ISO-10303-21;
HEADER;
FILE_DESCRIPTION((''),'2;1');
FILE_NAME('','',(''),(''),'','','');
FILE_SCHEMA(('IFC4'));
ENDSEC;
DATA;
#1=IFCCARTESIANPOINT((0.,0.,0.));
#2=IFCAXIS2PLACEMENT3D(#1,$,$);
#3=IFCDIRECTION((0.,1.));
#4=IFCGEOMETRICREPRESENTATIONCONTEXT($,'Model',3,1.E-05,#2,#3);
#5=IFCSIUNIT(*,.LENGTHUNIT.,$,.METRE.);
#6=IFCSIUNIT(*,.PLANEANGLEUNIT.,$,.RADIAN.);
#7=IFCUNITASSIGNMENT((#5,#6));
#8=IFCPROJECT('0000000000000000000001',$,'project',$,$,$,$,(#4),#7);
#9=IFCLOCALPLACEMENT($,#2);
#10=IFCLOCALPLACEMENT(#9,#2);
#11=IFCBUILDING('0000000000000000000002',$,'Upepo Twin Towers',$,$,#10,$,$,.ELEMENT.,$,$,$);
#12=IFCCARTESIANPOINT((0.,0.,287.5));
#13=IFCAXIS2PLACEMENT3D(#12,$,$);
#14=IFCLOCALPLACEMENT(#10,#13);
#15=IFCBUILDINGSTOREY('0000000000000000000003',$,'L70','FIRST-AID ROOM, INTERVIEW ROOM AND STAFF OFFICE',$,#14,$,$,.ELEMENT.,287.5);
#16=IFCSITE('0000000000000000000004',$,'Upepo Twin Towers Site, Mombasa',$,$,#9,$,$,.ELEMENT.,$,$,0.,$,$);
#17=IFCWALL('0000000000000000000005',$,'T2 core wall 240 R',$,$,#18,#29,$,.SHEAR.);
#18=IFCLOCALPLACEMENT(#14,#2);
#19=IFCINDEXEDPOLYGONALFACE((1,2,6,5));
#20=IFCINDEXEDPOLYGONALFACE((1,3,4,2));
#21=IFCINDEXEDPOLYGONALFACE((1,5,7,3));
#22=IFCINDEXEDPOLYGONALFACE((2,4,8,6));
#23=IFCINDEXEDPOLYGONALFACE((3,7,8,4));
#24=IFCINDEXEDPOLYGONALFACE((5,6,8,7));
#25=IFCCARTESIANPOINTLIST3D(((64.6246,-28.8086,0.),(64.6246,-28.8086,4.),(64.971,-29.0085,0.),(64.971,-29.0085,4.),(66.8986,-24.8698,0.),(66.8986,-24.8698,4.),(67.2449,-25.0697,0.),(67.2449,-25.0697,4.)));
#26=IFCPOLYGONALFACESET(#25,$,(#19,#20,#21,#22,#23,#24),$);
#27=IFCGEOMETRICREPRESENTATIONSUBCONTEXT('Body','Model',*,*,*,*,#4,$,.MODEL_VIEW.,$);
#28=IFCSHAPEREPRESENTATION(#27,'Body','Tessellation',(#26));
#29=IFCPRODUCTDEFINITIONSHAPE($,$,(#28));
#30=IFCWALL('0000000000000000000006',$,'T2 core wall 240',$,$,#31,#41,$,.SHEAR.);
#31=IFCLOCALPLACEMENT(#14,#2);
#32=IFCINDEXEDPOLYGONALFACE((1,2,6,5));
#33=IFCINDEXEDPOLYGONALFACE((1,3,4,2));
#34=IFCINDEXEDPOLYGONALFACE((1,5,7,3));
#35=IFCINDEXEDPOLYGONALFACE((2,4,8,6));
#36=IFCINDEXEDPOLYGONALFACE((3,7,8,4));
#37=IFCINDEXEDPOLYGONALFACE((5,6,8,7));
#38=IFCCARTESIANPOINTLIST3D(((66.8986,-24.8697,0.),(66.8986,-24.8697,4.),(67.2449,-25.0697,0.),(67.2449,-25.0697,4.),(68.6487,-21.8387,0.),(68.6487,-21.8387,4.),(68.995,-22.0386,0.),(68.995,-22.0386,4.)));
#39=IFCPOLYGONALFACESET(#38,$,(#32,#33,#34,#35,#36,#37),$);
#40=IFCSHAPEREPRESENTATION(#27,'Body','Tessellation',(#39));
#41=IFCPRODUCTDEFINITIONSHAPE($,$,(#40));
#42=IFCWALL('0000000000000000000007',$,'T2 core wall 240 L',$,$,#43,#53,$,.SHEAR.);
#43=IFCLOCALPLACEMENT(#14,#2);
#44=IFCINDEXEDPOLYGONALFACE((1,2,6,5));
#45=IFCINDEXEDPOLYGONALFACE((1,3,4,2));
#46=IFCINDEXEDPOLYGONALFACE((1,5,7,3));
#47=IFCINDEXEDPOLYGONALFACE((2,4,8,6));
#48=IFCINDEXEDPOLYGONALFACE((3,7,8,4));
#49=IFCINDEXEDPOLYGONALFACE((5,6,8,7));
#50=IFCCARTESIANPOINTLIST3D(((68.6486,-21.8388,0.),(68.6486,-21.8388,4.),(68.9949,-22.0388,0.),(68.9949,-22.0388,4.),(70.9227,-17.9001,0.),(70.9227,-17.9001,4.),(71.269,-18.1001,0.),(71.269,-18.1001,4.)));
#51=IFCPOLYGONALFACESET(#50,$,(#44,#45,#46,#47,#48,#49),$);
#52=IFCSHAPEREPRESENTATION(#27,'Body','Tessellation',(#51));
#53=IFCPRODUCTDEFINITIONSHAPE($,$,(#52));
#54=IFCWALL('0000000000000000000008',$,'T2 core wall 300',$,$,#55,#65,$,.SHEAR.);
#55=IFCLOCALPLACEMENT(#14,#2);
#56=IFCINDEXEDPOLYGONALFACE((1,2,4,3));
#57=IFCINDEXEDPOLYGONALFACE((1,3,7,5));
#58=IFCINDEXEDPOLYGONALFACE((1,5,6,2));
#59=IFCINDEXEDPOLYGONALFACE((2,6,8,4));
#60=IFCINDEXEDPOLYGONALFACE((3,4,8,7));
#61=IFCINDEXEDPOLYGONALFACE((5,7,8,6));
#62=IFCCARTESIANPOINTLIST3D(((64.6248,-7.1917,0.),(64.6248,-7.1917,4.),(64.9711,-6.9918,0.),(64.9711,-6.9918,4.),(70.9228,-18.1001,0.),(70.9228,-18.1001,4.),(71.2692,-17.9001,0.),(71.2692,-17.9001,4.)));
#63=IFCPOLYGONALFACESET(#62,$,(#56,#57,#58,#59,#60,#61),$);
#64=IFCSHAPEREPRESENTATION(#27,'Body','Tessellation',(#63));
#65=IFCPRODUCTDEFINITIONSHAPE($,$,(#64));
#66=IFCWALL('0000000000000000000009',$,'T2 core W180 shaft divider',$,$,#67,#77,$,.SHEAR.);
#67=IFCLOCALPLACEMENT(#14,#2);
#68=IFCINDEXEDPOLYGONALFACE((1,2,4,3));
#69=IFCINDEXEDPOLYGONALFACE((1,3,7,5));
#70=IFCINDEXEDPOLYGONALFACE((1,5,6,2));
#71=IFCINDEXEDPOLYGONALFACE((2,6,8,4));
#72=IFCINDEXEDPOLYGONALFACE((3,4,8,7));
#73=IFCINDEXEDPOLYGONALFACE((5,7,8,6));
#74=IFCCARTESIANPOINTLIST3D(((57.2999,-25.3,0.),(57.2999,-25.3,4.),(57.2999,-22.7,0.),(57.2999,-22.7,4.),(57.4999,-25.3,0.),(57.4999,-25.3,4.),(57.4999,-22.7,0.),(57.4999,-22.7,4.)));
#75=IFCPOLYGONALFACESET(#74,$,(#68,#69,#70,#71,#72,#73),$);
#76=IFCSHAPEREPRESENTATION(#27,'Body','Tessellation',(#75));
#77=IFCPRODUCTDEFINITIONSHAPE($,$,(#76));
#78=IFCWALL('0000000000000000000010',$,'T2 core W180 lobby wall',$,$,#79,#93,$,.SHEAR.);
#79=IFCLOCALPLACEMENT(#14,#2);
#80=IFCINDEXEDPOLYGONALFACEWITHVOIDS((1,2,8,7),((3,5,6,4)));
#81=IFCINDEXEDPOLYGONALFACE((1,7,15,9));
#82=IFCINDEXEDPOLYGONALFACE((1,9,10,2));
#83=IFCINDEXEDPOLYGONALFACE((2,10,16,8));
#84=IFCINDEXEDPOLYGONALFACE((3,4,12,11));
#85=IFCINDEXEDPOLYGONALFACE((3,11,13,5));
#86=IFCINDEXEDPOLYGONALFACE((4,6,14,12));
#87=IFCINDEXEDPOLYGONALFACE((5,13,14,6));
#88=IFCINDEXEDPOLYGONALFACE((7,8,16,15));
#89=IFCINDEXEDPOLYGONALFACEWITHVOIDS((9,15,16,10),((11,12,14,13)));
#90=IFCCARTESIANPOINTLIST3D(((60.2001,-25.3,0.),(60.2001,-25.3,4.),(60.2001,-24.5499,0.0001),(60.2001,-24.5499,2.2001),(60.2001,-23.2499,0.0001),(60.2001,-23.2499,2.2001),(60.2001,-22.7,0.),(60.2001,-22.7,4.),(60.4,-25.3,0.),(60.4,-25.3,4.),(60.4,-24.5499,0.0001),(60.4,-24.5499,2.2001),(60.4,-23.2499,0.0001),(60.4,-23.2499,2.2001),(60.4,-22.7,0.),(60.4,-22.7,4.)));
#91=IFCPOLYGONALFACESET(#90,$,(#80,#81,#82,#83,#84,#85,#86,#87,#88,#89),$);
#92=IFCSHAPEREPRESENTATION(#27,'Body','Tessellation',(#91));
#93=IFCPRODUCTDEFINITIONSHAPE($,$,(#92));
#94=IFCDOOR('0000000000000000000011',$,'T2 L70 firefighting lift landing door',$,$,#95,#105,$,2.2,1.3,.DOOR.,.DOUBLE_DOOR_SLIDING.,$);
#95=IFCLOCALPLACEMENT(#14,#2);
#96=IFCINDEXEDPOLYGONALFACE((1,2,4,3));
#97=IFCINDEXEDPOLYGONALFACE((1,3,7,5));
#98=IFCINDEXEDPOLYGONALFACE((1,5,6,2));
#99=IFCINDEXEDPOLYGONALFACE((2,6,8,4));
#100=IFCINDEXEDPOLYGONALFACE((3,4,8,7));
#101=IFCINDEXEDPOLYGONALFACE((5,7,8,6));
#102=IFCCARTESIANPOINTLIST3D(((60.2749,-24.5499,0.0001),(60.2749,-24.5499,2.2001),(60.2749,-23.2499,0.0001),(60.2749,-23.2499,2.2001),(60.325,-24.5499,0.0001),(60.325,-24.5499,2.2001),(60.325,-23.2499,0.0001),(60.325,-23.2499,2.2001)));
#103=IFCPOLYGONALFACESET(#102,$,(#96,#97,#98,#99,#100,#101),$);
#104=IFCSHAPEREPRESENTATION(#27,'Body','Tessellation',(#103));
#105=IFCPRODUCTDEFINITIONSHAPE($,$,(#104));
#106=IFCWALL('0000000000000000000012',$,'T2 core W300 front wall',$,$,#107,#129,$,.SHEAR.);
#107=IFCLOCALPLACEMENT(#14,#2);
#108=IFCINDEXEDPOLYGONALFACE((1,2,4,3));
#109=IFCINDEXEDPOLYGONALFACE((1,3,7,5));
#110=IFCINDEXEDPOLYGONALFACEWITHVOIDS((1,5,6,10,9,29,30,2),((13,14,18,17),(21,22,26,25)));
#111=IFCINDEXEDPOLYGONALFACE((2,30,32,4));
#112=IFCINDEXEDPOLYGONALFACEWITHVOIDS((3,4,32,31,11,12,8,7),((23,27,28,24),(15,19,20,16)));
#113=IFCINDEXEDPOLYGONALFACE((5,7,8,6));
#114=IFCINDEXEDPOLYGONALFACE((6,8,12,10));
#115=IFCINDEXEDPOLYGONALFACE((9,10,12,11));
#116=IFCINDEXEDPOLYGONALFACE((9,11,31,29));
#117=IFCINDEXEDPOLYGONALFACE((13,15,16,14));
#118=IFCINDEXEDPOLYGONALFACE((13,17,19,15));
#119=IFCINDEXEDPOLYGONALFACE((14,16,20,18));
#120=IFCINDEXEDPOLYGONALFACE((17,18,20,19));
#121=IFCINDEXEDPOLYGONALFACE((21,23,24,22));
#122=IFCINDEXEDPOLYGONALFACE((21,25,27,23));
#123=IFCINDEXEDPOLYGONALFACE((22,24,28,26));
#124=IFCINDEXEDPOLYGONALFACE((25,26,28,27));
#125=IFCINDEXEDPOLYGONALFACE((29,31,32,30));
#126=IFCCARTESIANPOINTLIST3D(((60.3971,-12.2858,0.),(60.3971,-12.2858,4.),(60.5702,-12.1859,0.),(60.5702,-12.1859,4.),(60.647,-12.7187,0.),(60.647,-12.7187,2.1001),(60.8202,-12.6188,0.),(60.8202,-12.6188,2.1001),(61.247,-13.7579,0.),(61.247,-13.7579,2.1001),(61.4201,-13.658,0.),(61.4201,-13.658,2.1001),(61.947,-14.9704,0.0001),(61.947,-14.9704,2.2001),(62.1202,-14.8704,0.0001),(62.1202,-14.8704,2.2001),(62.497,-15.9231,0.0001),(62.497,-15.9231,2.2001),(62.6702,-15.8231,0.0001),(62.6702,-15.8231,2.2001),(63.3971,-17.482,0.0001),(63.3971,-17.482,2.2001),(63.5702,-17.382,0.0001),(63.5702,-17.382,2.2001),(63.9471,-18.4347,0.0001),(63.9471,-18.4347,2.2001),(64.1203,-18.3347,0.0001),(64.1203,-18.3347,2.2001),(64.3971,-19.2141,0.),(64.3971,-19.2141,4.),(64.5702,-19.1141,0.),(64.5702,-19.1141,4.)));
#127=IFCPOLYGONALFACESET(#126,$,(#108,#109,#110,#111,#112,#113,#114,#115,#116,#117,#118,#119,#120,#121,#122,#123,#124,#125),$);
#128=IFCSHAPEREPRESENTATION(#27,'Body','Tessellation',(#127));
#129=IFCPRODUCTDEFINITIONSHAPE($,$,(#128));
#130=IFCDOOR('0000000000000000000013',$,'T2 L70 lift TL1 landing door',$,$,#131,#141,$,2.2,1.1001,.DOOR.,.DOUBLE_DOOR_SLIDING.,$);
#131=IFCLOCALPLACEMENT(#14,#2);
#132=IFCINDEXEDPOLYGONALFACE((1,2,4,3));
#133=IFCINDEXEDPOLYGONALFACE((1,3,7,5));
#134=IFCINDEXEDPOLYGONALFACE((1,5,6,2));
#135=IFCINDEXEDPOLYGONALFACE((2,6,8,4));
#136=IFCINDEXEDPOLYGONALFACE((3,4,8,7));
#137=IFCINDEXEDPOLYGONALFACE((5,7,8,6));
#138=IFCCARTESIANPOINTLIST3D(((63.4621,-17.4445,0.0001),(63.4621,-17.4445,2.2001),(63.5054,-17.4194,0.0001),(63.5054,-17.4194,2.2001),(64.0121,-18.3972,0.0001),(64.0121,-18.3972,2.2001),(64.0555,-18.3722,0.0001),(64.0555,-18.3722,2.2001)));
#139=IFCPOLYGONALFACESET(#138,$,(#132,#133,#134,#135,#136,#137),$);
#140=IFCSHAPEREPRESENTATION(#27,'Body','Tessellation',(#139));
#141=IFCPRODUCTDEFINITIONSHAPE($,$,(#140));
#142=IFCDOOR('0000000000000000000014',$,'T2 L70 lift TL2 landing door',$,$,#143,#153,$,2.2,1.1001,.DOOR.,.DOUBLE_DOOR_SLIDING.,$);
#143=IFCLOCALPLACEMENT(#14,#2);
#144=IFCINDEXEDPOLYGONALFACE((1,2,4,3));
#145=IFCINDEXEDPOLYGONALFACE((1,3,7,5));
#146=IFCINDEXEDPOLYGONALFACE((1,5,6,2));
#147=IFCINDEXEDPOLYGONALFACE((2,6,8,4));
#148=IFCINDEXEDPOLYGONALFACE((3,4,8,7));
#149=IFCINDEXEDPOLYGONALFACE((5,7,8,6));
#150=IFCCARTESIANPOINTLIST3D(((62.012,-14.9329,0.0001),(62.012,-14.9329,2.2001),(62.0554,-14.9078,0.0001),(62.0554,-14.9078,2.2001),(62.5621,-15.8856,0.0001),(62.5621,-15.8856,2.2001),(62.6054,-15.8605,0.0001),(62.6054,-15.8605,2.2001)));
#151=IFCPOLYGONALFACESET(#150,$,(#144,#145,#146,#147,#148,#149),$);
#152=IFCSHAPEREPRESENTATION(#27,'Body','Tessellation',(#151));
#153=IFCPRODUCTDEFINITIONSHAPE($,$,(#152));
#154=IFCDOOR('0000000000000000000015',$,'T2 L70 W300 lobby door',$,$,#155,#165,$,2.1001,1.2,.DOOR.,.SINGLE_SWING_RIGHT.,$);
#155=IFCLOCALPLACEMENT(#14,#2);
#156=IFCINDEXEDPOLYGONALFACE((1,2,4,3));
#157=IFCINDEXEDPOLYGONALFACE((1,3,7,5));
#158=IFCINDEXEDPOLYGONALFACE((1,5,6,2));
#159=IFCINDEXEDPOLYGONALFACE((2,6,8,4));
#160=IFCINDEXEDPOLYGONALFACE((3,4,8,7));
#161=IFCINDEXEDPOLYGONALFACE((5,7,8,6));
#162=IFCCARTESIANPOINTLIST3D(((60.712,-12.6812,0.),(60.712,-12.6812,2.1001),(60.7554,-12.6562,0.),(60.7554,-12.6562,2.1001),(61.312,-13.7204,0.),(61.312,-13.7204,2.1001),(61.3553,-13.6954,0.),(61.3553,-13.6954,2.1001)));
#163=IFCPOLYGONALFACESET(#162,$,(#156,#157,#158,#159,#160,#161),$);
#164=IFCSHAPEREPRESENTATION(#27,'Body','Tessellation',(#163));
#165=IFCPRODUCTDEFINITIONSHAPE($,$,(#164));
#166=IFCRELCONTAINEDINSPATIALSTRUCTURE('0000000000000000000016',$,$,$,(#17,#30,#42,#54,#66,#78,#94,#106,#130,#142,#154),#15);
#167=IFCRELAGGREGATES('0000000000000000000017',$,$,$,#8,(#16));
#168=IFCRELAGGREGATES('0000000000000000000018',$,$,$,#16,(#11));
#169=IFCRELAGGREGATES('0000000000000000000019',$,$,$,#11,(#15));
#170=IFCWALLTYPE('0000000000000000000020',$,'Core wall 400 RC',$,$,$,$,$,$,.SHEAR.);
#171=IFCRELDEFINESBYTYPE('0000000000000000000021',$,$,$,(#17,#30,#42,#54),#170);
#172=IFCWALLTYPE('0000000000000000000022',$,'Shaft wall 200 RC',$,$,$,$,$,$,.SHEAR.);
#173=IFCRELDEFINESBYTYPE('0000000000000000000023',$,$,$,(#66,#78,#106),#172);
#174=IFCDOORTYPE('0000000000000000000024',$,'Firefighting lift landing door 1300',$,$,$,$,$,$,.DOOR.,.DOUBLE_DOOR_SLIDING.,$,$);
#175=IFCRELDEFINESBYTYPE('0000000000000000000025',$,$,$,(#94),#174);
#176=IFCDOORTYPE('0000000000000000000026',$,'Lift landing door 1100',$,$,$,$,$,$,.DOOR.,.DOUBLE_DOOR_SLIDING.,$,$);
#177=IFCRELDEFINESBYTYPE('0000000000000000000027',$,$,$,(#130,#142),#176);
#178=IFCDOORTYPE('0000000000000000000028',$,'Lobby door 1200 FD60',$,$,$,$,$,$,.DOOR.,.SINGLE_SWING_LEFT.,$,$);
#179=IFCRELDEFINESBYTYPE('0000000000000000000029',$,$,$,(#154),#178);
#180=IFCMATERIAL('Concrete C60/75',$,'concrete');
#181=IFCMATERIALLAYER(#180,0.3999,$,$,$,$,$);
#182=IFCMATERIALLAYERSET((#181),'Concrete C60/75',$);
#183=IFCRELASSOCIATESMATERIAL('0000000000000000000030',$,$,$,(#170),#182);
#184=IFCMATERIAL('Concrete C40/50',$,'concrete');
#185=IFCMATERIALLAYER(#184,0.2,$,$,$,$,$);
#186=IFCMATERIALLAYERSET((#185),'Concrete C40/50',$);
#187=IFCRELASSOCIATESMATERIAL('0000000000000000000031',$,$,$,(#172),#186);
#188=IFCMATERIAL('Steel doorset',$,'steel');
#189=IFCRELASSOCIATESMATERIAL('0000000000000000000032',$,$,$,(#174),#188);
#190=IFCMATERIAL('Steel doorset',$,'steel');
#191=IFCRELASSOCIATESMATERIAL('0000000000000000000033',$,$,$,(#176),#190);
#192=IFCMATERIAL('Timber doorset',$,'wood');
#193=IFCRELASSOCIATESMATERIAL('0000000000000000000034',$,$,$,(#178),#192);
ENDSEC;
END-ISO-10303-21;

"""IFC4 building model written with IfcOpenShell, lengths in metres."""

from ifc_helpers import new_model, si_unit, direction, frame, frame_2d, origin, place, context, subcontext, project, spatial, rectangle, extrude, material, layer, layer_set, type_object, element, fill, save


model = new_model("IFC4")

# Units and contexts
model_context = context("Model", 3, precision=1e-05, world=origin(), true_north=direction((0.0, 1.0)))
body_context = subcontext(model_context, "Body", "Model", "MODEL_VIEW")
ifc_project = project(units=[si_unit("LENGTHUNIT", "METRE"), si_unit("PLANEANGLEUNIT", "RADIAN")], contexts=[model_context])

# Site, building, storey
site_placement = place(None, origin())
site = spatial("IfcSite", under=ifc_project, at=site_placement, Name="Upepo Twin Towers Site, Mombasa", CompositionType="ELEMENT", RefElevation=0.0)
building_placement = place(site_placement, origin())
building = spatial("IfcBuilding", under=site, at=building_placement, Name="Upepo Twin Towers", CompositionType="ELEMENT")
storey_placement = place(building_placement, frame((0.0, 0.0, 287.5)))
storey = spatial("IfcBuildingStorey", under=building, at=storey_placement, Name="L70", Description="FIRST-AID ROOM, INTERVIEW ROOM AND STAFF OFFICE", CompositionType="ELEMENT", Elevation=287.5)

# Walls
ifc_material_1 = material(Name="Concrete C60/75", Category="concrete")
ifc_layer_1 = layer(ifc_material_1, 0.3999)
ifc_layer_set_1 = layer_set([ifc_layer_1], Name="Concrete C60/75")
wall_type_1 = type_object("IfcWallType", Name="Core wall 400 RC", PredefinedType="SHEAR", material=ifc_layer_set_1)
wall_1_placement = place(storey_placement, frame((64.7979, -28.9084, 0.0), z_axis=(0.0, 0.0, 1.0), x_axis=(0.499984, 0.866035, 0.0)))
element("IfcWall", 1, at=wall_1_placement, inside=storey, type_object=wall_type_1, Name="T2 core wall 240 R", PredefinedType="SHEAR", context=body_context, shape_type="SweptSolid", body=[
    extrude(rectangle(XDim=4.5481, YDim=0.3999, at=frame_2d((2.2739, 0.0))), origin(), (0.0, 0.0, 1.0), 4.0),
])
wall_2_placement = place(storey_placement, frame((67.0718, -24.9697, 0.0), z_axis=(0.0, 0.0, 1.0), x_axis=(0.50001, 0.866019, 0.0)))
element("IfcWall", 2, at=wall_2_placement, inside=storey, type_object=wall_type_1, Name="T2 core wall 240", PredefinedType="SHEAR", context=body_context, shape_type="SweptSolid", body=[
    extrude(rectangle(XDim=3.5, YDim=0.3999, at=frame_2d((1.75, 0.0))), origin(), (0.0, 0.0, 1.0), 4.0),
])
wall_3_placement = place(storey_placement, frame((68.8218, -21.9387, 0.0), z_axis=(0.0, 0.0, 1.0), x_axis=(0.500024, 0.866011, 0.0)))
element("IfcWall", 3, at=wall_3_placement, inside=storey, type_object=wall_type_1, Name="T2 core wall 240 L", PredefinedType="SHEAR", context=body_context, shape_type="SweptSolid", body=[
    extrude(rectangle(XDim=4.5481, YDim=0.3999, at=frame_2d((2.2739, 0.0))), origin(), (0.0, 0.0, 1.0), 4.0),
])
wall_4_placement = place(storey_placement, frame((71.0959, -18.0, 0.0), z_axis=(0.0, 0.0, 1.0), x_axis=(-0.500006, 0.866022, 0.0)))
element("IfcWall", 4, at=wall_4_placement, inside=storey, type_object=wall_type_1, Name="T2 core wall 300", PredefinedType="SHEAR", context=body_context, shape_type="SweptSolid", body=[
    extrude(rectangle(XDim=12.5959, YDim=0.3999, at=frame_2d((6.2979, 0.0))), origin(), (0.0, 0.0, 1.0), 4.0),
])
ifc_material_2 = material(Name="Concrete C40/50", Category="concrete")
ifc_layer_2 = layer(ifc_material_2, 0.2)
ifc_layer_set_2 = layer_set([ifc_layer_2], Name="Concrete C40/50")
wall_type_2 = type_object("IfcWallType", Name="Shaft wall 200 RC", PredefinedType="SHEAR", material=ifc_layer_set_2)
wall_5_placement = place(storey_placement, frame((57.3999, -22.7, 0.0), z_axis=(0.0, 0.0, 1.0), x_axis=(0.0, -1.0, 0.0)))
element("IfcWall", 5, at=wall_5_placement, inside=storey, type_object=wall_type_2, Name="T2 core W180 shaft divider", PredefinedType="SHEAR", context=body_context, shape_type="SweptSolid", body=[
    extrude(rectangle(XDim=2.6001, YDim=0.2, at=frame_2d((1.3, 0.0))), origin(), (0.0, 0.0, 1.0), 4.0),
])

# Wall, opening, door
wall_6_placement = place(storey_placement, frame((60.3, -22.7, 0.0), z_axis=(0.0, 0.0, 1.0), x_axis=(0.0, -1.0, 0.0)))
wall_6 = element("IfcWall", 6, at=wall_6_placement, inside=storey, type_object=wall_type_2, Name="T2 core W180 lobby wall", PredefinedType="SHEAR", context=body_context, shape_type="SweptSolid", body=[
    extrude(rectangle(XDim=2.6001, YDim=0.2, at=frame_2d((1.3, 0.0))), origin(), (0.0, 0.0, 1.0), 4.0),
])
opening_1_placement = place(wall_6_placement, frame((0.55, 0.0, 0.0)))
opening_1 = element("IfcOpeningElement", 7, at=opening_1_placement, cuts=wall_6, PredefinedType="OPENING", context=body_context, shape_type="SweptSolid", body=[
    extrude(rectangle(XDim=1.3, YDim=2.2, at=frame_2d((0.6499, 1.1001))), frame((0.0, 0.1099, 0.0), z_axis=(0.0, -1.0, 0.0), x_axis=(1.0, 0.0, 0.0)), (0.0, 0.0, 1.0), 0.22),
])
ifc_material_3 = material(Name="Steel doorset", Category="steel")
door_type_1 = type_object("IfcDoorType", Name="Firefighting lift landing door 1300", OperationType="DOUBLE_DOOR_SLIDING", PredefinedType="DOOR", material=ifc_material_3)
door_1_placement = place(opening_1_placement, origin())
door_1 = element("IfcDoor", 8, at=door_1_placement, inside=storey, type_object=door_type_1, Name="T2 L70 firefighting lift landing door", OperationType="DOUBLE_DOOR_SLIDING", OverallHeight=2.2, OverallWidth=1.3, PredefinedType="DOOR", context=body_context, shape_type="SweptSolid", body=[
    extrude(rectangle(XDim=1.3, YDim=2.2, at=frame_2d((0.6499, 1.1001))), frame((0.0, 0.0249, 0.0), z_axis=(0.0, -1.0, 0.0), x_axis=(1.0, 0.0, 0.0)), (0.0, 0.0, 1.0), 0.05),
])
fill(opening_1, door_1)

# Wall, openings, doors
wall_7_placement = place(storey_placement, frame((64.4836, -19.1641, 0.0), z_axis=(0.0, 0.0, 1.0), x_axis=(-0.499999, 0.866026, 0.0)))
wall_7 = element("IfcWall", 9, at=wall_7_placement, inside=storey, type_object=wall_type_2, Name="T2 core W300 front wall", PredefinedType="SHEAR", context=body_context, shape_type="SweptSolid", body=[
    extrude(rectangle(XDim=8.0, YDim=0.2, at=frame_2d((4.0, 0.0))), origin(), (0.0, 0.0, 1.0), 4.0),
])
opening_2_placement = place(wall_7_placement, frame((6.3, 0.0, 0.0)))
opening_2 = element("IfcOpeningElement", 10, at=opening_2_placement, cuts=wall_7, PredefinedType="OPENING", context=body_context, shape_type="SweptSolid", body=[
    extrude(rectangle(XDim=1.2, YDim=2.1001, at=frame_2d((0.6001, 1.05))), frame((0.0, 0.1099, 0.0), z_axis=(0.0, -1.0, 0.0), x_axis=(1.0, 0.0, 0.0)), (0.0, 0.0, 1.0), 0.22),
])
opening_3_placement = place(wall_7_placement, frame((0.8999, 0.0, 0.0)))
opening_3 = element("IfcOpeningElement", 11, at=opening_3_placement, cuts=wall_7, PredefinedType="OPENING", context=body_context, shape_type="SweptSolid", body=[
    extrude(rectangle(XDim=1.1001, YDim=2.2, at=frame_2d((0.55, 1.1001))), frame((0.0, 0.1099, 0.0), z_axis=(0.0, -1.0, 0.0), x_axis=(1.0, 0.0, 0.0)), (0.0, 0.0, 1.0), 0.22),
])
opening_4_placement = place(wall_7_placement, frame((3.8, 0.0, 0.0)))
opening_4 = element("IfcOpeningElement", 12, at=opening_4_placement, cuts=wall_7, PredefinedType="OPENING", context=body_context, shape_type="SweptSolid", body=[
    extrude(rectangle(XDim=1.1001, YDim=2.2, at=frame_2d((0.55, 1.1001))), frame((0.0, 0.1099, 0.0), z_axis=(0.0, -1.0, 0.0), x_axis=(1.0, 0.0, 0.0)), (0.0, 0.0, 1.0), 0.22),
])
ifc_material_4 = material(Name="Steel doorset", Category="steel")
door_type_2 = type_object("IfcDoorType", Name="Lift landing door 1100", OperationType="DOUBLE_DOOR_SLIDING", PredefinedType="DOOR", material=ifc_material_4)
door_2_placement = place(opening_3_placement, origin())
door_2 = element("IfcDoor", 13, at=door_2_placement, inside=storey, type_object=door_type_2, Name="T2 L70 lift TL1 landing door", OperationType="DOUBLE_DOOR_SLIDING", OverallHeight=2.2, OverallWidth=1.1001, PredefinedType="DOOR", context=body_context, shape_type="SweptSolid", body=[
    extrude(rectangle(XDim=1.1001, YDim=2.2, at=frame_2d((0.55, 1.1001))), frame((0.0, 0.0249, 0.0), z_axis=(0.0, -1.0, 0.0), x_axis=(1.0, 0.0, 0.0)), (0.0, 0.0, 1.0), 0.05),
])
fill(opening_3, door_2)
door_3_placement = place(opening_4_placement, origin())
door_3 = element("IfcDoor", 14, at=door_3_placement, inside=storey, type_object=door_type_2, Name="T2 L70 lift TL2 landing door", OperationType="DOUBLE_DOOR_SLIDING", OverallHeight=2.2, OverallWidth=1.1001, PredefinedType="DOOR", context=body_context, shape_type="SweptSolid", body=[
    extrude(rectangle(XDim=1.1001, YDim=2.2, at=frame_2d((0.55, 1.1001))), frame((0.0, 0.0249, 0.0), z_axis=(0.0, -1.0, 0.0), x_axis=(1.0, 0.0, 0.0)), (0.0, 0.0, 1.0), 0.05),
])
fill(opening_4, door_3)
ifc_material_5 = material(Name="Timber doorset", Category="wood")
door_type_3 = type_object("IfcDoorType", Name="Lobby door 1200 FD60", OperationType="SINGLE_SWING_LEFT", PredefinedType="DOOR", material=ifc_material_5)
door_4_placement = place(opening_2_placement, origin())
door_4 = element("IfcDoor", 15, at=door_4_placement, inside=storey, type_object=door_type_3, Name="T2 L70 W300 lobby door", OperationType="SINGLE_SWING_RIGHT", OverallHeight=2.1001, OverallWidth=1.2, PredefinedType="DOOR", context=body_context, shape_type="SweptSolid", body=[
    extrude(rectangle(XDim=1.2, YDim=2.1001, at=frame_2d((0.6001, 1.05))), frame((0.0, 0.0249, 0.0), z_axis=(0.0, -1.0, 0.0), x_axis=(1.0, 0.0, 0.0)), (0.0, 0.0, 1.0), 0.05),
])
fill(opening_2, door_4)

save(model, "model.ifc")
